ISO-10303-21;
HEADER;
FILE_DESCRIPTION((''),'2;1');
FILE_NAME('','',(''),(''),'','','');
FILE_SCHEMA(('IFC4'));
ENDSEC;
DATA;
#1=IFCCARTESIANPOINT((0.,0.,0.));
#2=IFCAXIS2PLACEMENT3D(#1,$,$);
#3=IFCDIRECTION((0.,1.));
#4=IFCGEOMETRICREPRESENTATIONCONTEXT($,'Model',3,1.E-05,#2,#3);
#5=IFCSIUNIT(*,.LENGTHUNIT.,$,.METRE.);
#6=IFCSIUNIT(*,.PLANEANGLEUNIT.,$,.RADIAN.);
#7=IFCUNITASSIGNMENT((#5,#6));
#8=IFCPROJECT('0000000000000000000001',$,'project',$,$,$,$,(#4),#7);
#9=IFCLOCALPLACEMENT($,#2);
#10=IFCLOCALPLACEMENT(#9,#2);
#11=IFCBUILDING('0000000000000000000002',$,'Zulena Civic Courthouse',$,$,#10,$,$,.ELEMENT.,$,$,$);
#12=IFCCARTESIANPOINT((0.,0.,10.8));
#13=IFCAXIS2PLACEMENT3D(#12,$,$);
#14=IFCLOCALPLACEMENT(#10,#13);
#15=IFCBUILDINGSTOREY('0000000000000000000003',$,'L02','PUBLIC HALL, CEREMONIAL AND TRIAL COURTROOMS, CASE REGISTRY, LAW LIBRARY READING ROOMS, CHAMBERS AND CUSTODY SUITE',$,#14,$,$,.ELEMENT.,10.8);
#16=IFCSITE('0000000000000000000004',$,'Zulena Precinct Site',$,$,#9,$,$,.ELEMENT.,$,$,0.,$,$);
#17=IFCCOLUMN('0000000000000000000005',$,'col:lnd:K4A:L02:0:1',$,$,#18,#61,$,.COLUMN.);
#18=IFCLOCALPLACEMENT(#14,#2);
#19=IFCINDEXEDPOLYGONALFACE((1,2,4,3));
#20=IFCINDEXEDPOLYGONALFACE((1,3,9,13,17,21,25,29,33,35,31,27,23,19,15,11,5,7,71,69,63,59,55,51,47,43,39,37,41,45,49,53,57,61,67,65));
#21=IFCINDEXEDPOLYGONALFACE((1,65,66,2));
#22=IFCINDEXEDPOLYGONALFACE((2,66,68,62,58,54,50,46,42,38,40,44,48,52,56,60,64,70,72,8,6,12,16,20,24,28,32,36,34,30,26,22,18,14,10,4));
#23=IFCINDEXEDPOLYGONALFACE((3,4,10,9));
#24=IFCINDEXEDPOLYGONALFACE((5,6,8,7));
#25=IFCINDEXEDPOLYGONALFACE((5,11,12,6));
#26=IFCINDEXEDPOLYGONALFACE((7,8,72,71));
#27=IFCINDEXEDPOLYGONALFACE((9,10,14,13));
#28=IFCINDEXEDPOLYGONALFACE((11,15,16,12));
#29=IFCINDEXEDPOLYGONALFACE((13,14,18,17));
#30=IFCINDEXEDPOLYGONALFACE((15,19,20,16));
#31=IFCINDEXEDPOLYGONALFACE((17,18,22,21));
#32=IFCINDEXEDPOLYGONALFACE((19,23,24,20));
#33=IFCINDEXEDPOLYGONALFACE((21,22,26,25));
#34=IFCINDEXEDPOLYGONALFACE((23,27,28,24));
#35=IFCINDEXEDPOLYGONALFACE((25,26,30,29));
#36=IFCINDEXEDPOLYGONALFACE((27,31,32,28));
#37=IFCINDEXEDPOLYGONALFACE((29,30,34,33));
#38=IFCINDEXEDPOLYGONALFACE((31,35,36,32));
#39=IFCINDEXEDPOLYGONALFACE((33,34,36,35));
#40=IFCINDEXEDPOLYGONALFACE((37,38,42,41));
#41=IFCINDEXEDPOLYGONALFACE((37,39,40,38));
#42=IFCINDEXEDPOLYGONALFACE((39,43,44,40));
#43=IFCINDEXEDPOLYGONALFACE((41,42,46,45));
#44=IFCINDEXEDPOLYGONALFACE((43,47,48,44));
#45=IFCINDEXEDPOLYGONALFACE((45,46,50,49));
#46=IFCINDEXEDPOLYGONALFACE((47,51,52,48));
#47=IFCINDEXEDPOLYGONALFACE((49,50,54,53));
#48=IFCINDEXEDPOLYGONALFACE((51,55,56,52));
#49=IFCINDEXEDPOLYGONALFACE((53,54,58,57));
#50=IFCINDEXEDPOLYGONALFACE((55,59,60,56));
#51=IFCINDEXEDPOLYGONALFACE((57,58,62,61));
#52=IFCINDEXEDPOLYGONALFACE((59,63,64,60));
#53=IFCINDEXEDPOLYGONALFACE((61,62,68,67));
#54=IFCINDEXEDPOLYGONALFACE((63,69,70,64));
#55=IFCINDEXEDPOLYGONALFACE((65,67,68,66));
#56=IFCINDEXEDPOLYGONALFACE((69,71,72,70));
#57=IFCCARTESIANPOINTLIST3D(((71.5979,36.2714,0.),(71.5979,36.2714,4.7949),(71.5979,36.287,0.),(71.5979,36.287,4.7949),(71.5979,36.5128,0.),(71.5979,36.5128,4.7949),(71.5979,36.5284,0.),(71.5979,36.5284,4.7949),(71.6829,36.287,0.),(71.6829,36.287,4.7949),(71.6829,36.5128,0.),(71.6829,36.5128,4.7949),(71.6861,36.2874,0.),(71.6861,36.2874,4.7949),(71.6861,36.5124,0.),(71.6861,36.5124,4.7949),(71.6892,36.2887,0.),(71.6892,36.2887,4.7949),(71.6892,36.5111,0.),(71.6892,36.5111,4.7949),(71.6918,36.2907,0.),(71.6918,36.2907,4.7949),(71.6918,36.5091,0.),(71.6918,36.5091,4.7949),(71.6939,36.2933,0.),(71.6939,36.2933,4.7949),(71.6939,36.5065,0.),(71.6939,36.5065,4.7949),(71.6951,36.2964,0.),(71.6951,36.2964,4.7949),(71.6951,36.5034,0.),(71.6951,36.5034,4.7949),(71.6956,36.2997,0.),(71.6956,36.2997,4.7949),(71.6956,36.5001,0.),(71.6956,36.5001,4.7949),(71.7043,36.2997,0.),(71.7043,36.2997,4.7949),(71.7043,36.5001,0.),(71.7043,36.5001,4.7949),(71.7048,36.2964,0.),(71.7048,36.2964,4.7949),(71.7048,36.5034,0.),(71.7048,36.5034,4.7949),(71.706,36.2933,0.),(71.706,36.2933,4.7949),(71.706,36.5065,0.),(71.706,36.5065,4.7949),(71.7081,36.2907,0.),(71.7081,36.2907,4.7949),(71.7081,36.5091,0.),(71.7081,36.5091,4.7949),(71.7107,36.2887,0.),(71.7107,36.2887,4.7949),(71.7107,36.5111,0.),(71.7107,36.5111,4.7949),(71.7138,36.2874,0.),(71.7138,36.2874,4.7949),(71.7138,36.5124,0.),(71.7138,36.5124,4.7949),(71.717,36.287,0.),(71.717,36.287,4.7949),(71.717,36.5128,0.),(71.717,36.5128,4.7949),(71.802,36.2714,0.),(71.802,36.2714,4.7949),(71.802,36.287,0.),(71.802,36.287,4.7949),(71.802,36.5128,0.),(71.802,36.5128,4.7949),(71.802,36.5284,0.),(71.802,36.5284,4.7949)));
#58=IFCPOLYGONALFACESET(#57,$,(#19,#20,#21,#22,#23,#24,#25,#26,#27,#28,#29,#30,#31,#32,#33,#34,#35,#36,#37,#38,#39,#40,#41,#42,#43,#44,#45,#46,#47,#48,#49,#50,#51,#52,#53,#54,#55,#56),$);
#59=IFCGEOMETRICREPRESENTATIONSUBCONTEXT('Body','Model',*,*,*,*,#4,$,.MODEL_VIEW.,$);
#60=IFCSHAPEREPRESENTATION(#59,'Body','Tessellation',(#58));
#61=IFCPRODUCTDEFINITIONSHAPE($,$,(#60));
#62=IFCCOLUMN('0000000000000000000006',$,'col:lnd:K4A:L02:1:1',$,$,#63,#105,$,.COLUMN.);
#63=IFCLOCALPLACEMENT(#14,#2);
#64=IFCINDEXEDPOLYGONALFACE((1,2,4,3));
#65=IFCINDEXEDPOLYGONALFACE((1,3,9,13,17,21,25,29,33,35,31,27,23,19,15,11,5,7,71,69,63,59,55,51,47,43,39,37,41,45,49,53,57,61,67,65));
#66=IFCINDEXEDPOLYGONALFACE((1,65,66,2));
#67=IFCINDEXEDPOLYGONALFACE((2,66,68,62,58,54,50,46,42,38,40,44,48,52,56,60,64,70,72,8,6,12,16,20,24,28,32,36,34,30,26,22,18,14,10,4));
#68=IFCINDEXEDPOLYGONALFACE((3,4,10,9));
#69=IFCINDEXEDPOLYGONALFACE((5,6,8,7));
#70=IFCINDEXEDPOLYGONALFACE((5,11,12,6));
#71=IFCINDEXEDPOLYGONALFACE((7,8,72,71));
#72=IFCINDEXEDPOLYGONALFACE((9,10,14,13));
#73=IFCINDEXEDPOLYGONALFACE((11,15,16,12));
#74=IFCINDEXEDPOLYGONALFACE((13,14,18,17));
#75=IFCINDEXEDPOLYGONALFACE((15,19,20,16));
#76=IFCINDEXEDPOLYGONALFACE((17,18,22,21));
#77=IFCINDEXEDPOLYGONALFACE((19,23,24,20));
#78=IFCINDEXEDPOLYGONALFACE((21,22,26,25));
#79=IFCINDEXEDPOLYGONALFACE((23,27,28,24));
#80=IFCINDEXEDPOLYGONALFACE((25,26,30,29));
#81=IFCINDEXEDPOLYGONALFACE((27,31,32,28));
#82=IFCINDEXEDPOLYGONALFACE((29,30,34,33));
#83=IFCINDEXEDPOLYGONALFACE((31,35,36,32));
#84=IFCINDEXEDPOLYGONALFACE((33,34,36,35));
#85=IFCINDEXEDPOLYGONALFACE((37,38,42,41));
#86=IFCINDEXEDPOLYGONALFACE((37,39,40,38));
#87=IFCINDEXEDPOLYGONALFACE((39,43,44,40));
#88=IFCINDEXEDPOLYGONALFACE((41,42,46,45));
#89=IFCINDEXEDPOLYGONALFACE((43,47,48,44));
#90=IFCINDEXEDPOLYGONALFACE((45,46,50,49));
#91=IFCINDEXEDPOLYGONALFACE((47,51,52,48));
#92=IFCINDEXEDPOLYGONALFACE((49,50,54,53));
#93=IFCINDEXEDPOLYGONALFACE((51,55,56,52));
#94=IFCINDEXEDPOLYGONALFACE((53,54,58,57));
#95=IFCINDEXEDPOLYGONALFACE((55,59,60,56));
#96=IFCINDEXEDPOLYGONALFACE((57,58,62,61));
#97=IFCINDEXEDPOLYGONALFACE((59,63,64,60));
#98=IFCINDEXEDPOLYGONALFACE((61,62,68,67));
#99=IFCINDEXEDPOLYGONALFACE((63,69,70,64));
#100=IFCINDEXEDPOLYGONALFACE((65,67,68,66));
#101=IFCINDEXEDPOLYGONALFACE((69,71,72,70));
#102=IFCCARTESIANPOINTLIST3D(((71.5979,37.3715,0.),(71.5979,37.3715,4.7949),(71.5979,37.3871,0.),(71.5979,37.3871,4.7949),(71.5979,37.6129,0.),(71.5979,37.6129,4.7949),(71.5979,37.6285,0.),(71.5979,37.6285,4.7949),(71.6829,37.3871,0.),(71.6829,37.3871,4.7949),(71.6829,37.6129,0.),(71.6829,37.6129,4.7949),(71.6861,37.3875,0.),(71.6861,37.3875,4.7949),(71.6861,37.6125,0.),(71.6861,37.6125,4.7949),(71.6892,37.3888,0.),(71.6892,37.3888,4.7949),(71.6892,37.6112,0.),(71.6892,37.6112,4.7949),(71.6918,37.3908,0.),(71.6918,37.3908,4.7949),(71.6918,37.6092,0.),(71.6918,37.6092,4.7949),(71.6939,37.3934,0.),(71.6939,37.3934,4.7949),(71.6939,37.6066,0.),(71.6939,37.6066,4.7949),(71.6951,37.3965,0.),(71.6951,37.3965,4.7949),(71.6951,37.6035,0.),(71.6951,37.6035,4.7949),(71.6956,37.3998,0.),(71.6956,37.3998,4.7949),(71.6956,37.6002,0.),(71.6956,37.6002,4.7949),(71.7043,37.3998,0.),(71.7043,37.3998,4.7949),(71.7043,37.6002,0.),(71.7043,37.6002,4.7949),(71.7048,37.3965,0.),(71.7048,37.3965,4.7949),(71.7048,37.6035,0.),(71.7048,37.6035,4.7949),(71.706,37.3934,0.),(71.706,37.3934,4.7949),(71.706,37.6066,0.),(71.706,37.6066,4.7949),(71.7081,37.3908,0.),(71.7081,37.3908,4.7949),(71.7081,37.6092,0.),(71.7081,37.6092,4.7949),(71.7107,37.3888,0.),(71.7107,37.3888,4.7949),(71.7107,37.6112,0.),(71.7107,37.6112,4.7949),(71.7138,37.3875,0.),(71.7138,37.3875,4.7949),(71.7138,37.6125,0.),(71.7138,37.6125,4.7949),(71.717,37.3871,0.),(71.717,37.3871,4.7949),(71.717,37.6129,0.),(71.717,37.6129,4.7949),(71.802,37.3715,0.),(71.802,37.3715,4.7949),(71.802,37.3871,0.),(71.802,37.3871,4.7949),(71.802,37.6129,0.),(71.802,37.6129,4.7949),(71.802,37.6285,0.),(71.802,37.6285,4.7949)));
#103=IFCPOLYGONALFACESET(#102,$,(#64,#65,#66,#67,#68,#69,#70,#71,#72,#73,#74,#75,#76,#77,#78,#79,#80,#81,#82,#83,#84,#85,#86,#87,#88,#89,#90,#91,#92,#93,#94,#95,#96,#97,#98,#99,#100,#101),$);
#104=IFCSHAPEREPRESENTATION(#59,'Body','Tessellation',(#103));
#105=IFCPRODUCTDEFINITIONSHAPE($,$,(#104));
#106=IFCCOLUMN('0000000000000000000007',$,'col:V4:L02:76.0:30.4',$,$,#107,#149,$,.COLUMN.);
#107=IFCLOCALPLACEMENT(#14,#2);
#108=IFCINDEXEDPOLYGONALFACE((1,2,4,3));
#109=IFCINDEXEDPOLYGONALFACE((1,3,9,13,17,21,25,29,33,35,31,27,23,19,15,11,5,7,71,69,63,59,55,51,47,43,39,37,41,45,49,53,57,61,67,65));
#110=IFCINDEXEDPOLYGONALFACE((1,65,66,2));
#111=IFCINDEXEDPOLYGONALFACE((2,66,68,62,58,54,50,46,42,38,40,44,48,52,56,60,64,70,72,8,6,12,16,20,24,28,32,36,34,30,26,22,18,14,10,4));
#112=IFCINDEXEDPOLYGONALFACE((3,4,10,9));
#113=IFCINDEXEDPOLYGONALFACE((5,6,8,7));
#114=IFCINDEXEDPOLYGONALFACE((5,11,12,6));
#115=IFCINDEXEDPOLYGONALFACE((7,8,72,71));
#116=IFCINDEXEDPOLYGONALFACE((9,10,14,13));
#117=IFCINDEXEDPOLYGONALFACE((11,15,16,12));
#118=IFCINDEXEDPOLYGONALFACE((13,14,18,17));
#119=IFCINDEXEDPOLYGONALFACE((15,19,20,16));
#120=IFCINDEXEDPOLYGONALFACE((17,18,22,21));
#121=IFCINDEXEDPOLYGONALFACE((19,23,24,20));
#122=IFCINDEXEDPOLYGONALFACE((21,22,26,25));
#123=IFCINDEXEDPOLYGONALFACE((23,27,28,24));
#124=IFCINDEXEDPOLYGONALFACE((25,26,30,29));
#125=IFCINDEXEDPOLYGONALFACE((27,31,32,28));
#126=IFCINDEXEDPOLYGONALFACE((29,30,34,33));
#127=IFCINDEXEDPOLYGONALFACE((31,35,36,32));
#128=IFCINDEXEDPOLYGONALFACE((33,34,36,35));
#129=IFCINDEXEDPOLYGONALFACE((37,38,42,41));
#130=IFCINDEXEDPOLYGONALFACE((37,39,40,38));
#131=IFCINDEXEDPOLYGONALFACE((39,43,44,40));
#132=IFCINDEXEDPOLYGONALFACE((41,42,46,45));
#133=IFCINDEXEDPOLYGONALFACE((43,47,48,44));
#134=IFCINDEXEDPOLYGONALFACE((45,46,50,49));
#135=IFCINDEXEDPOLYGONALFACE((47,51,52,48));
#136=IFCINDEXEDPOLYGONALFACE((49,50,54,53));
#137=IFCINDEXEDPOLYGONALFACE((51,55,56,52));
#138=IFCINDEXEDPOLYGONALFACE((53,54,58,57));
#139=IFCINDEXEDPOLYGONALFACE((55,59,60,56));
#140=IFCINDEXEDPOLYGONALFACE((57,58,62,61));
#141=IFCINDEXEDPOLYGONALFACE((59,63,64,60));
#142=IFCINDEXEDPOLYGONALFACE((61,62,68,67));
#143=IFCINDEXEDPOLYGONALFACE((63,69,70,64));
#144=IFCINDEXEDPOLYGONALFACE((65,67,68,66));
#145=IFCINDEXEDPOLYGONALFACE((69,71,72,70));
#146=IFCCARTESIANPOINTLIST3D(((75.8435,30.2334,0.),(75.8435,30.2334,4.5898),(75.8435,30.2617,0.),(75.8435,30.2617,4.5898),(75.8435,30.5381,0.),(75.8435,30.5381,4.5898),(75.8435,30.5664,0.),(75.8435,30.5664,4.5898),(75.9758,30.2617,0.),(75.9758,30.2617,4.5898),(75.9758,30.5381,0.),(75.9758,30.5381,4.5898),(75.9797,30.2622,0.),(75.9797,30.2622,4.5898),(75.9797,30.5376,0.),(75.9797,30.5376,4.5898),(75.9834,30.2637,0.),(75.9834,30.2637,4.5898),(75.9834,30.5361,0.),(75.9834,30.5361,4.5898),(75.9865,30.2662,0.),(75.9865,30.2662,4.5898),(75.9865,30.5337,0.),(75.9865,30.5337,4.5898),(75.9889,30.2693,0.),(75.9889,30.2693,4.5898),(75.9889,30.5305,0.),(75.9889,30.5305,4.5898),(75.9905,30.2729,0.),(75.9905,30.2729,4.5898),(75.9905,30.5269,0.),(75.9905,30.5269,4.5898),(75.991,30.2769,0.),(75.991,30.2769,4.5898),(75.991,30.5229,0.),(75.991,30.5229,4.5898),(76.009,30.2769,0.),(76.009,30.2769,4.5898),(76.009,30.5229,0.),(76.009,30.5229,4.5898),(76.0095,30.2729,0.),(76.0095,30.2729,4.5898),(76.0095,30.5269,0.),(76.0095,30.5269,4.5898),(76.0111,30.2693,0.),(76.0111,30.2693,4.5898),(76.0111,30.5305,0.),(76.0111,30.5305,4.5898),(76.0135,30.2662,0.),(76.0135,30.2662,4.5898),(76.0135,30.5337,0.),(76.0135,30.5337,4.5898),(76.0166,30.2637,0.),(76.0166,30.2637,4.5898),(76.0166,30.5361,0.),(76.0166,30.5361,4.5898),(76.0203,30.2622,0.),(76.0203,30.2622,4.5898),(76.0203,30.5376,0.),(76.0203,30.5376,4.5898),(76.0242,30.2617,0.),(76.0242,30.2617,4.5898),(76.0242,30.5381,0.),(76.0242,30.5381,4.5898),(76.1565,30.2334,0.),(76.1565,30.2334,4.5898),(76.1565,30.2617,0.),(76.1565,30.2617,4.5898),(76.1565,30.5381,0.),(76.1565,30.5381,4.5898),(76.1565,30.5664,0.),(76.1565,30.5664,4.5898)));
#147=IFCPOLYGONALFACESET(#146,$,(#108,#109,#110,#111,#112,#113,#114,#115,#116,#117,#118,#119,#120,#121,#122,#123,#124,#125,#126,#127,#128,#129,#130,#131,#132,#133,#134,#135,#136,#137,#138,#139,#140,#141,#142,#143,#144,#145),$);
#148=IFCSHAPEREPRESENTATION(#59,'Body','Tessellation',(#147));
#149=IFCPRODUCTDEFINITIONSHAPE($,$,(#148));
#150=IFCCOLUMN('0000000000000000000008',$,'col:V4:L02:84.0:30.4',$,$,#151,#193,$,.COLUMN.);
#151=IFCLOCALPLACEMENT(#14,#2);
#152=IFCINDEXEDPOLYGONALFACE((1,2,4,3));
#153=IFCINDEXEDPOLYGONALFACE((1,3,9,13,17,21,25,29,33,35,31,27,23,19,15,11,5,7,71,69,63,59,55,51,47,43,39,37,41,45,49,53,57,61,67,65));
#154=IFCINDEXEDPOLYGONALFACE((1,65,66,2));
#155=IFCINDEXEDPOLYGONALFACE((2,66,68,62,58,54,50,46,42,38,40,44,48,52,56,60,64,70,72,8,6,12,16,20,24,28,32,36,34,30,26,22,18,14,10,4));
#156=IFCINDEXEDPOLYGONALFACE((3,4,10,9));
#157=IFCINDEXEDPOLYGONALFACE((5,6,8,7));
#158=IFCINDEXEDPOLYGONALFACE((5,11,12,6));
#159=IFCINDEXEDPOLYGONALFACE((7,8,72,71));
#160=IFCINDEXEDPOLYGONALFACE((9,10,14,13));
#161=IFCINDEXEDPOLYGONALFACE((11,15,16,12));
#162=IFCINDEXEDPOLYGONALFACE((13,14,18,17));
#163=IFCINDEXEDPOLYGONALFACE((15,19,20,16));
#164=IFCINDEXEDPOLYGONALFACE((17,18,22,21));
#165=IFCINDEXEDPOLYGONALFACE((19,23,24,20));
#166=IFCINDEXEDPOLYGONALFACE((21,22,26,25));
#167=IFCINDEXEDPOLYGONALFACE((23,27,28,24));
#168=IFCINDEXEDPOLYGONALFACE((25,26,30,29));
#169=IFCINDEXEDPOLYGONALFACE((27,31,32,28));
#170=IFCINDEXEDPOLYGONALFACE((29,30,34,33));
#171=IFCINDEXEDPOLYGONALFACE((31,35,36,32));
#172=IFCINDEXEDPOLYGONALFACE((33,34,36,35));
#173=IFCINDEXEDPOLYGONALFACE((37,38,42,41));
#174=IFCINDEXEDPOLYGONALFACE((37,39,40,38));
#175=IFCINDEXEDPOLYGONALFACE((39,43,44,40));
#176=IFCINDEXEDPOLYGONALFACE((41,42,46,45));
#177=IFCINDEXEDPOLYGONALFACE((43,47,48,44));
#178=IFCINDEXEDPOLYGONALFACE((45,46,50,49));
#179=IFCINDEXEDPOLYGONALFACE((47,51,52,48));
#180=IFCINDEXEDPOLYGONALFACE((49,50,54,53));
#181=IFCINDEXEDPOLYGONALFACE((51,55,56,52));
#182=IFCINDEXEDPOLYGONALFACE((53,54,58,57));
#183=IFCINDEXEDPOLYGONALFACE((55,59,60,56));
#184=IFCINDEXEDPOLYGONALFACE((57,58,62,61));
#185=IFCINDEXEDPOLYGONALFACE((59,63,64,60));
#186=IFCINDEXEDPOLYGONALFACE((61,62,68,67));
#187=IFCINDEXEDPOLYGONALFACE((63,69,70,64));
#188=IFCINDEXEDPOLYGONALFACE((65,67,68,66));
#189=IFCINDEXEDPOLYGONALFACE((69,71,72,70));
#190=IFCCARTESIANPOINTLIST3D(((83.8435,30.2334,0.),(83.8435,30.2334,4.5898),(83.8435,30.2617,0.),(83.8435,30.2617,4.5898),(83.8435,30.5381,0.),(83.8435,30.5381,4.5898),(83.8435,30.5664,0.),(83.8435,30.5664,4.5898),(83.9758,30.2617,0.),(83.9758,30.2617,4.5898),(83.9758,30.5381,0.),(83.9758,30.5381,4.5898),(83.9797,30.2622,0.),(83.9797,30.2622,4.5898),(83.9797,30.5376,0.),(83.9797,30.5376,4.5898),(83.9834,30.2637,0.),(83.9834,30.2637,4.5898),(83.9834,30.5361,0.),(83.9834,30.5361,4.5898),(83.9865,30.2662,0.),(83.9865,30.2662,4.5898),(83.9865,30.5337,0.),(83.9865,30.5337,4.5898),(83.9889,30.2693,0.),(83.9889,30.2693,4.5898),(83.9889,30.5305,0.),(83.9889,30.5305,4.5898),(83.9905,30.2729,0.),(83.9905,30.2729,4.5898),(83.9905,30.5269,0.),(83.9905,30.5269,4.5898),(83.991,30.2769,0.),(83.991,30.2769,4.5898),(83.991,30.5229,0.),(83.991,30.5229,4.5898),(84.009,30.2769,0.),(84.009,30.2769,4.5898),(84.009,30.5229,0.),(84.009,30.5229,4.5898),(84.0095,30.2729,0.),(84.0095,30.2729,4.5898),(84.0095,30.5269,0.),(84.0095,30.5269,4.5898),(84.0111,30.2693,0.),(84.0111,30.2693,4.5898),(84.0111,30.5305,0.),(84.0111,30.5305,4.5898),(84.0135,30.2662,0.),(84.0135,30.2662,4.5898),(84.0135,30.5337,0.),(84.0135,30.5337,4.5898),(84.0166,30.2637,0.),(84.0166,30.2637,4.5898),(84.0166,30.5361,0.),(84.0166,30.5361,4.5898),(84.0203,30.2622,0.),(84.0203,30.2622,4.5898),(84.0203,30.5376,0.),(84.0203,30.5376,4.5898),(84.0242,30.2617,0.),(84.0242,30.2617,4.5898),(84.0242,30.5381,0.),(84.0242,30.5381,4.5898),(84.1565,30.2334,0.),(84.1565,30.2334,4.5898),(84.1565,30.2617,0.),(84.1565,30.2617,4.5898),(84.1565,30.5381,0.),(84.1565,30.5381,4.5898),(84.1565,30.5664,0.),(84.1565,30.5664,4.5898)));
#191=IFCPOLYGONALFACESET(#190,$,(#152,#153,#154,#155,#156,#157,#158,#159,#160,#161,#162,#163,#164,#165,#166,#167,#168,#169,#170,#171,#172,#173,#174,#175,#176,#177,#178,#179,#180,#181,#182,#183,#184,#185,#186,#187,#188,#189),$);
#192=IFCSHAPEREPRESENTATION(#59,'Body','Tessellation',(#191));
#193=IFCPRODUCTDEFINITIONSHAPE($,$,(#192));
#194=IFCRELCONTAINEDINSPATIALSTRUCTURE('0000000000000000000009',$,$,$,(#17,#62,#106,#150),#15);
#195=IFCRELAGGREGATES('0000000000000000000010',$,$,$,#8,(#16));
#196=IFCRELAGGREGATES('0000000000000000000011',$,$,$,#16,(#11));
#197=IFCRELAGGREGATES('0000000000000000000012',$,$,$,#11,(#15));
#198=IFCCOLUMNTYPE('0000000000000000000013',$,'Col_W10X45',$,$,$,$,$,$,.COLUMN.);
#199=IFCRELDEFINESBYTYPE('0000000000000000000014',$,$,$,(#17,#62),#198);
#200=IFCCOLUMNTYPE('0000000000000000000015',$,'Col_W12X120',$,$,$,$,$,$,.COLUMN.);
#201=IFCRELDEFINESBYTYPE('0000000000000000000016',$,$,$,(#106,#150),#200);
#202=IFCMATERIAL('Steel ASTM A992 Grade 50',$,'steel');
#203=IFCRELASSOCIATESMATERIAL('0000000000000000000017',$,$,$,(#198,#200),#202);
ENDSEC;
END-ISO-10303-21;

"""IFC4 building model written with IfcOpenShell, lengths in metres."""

from ifc_helpers import new_model, si_unit, direction, frame, origin, origin_2d, place, context, subcontext, project, spatial, i_section, extrude, material, material_profile, profile_set, type_object, element, save


model = new_model("IFC4")

# Units and contexts
model_context = context("Model", 3, precision=1e-05, world=origin(), true_north=direction((0.0, 1.0)))
body_context = subcontext(model_context, "Body", "Model", "MODEL_VIEW")
ifc_project = project(units=[si_unit("LENGTHUNIT", "METRE"), si_unit("PLANEANGLEUNIT", "RADIAN")], contexts=[model_context])

# Site, building, storey
site_placement = place(None, origin())
site = spatial("IfcSite", under=ifc_project, at=site_placement, Name="Zulena Precinct Site", CompositionType="ELEMENT", RefElevation=0.0)
building_placement = place(site_placement, origin())
building = spatial("IfcBuilding", under=site, at=building_placement, Name="Zulena Civic Courthouse", CompositionType="ELEMENT")
storey_placement = place(building_placement, frame((0.0, 0.0, 10.8)))
storey = spatial("IfcBuildingStorey", under=building, at=storey_placement, Name="L02", Description="PUBLIC HALL, CEREMONIAL AND TRIAL COURTROOMS, CASE REGISTRY, LAW LIBRARY READING ROOMS, CHAMBERS AND CUSTODY SUITE", CompositionType="ELEMENT", Elevation=10.8)

# Columns
ifc_material_1 = material(Name="Steel ASTM A992 Grade 50", Category="steel")
ifc_material_profile_1 = material_profile(ifc_material_1, i_section(OverallWidth=0.2041, OverallDepth=0.2571, WebThickness=0.0088, FlangeThickness=0.0156, FilletRadius=0.0127, at=origin_2d()), Name="W10X45")
ifc_profile_set_1 = profile_set([ifc_material_profile_1], Name="Steel ASTM A992 Grade 50")
column_type_1 = type_object("IfcColumnType", Name="Col_W10X45", PredefinedType="COLUMN", material=ifc_profile_set_1)
for number, where, z_axis, x_axis, name in (
    (1, (71.7, 36.3999, 0.0), (0.0, 0.0, 1.0), (1.0, 0.0, 0.0), "col:lnd:K4A:L02:0:1"),
    (2, (71.7, 37.5, 0.0), (0.0, 0.0, 1.0), (1.0, 0.0, 0.0), "col:lnd:K4A:L02:1:1"),
):
    element("IfcColumn", number, at=place(storey_placement, frame(where, z_axis=z_axis, x_axis=x_axis)), inside=storey, type_object=column_type_1, Name=name, PredefinedType="COLUMN", context=body_context, shape_type="SweptSolid", body=[
        extrude(i_section(OverallWidth=0.2041, OverallDepth=0.2571, WebThickness=0.0088, FlangeThickness=0.0156, FilletRadius=0.0127, at=origin_2d()), origin(), (0.0, 0.0, 1.0), 4.7949),
    ])
ifc_material_profile_2 = material_profile(ifc_material_1, i_section(OverallWidth=0.313, OverallDepth=0.333, WebThickness=0.0181, FlangeThickness=0.0283, FilletRadius=0.0151, at=origin_2d()), Name="W12X120")
ifc_profile_set_2 = profile_set([ifc_material_profile_2], Name="Steel ASTM A992 Grade 50")
column_type_2 = type_object("IfcColumnType", Name="Col_W12X120", PredefinedType="COLUMN", material=ifc_profile_set_2)
for number, where, z_axis, x_axis, name in (
    (3, (76.0, 30.3999, 0.0), (0.0, 0.0, 1.0), (1.0, 0.0, 0.0), "col:V4:L02:76.0:30.4"),
    (4, (84.0, 30.3999, 0.0), (0.0, 0.0, 1.0), (1.0, 0.0, 0.0), "col:V4:L02:84.0:30.4"),
):
    element("IfcColumn", number, at=place(storey_placement, frame(where, z_axis=z_axis, x_axis=x_axis)), inside=storey, type_object=column_type_2, Name=name, PredefinedType="COLUMN", context=body_context, shape_type="SweptSolid", body=[
        extrude(i_section(OverallWidth=0.313, OverallDepth=0.333, WebThickness=0.0181, FlangeThickness=0.0283, FilletRadius=0.0151, at=origin_2d()), origin(), (0.0, 0.0, 1.0), 4.5898),
    ])

save(model, "model.ifc")
